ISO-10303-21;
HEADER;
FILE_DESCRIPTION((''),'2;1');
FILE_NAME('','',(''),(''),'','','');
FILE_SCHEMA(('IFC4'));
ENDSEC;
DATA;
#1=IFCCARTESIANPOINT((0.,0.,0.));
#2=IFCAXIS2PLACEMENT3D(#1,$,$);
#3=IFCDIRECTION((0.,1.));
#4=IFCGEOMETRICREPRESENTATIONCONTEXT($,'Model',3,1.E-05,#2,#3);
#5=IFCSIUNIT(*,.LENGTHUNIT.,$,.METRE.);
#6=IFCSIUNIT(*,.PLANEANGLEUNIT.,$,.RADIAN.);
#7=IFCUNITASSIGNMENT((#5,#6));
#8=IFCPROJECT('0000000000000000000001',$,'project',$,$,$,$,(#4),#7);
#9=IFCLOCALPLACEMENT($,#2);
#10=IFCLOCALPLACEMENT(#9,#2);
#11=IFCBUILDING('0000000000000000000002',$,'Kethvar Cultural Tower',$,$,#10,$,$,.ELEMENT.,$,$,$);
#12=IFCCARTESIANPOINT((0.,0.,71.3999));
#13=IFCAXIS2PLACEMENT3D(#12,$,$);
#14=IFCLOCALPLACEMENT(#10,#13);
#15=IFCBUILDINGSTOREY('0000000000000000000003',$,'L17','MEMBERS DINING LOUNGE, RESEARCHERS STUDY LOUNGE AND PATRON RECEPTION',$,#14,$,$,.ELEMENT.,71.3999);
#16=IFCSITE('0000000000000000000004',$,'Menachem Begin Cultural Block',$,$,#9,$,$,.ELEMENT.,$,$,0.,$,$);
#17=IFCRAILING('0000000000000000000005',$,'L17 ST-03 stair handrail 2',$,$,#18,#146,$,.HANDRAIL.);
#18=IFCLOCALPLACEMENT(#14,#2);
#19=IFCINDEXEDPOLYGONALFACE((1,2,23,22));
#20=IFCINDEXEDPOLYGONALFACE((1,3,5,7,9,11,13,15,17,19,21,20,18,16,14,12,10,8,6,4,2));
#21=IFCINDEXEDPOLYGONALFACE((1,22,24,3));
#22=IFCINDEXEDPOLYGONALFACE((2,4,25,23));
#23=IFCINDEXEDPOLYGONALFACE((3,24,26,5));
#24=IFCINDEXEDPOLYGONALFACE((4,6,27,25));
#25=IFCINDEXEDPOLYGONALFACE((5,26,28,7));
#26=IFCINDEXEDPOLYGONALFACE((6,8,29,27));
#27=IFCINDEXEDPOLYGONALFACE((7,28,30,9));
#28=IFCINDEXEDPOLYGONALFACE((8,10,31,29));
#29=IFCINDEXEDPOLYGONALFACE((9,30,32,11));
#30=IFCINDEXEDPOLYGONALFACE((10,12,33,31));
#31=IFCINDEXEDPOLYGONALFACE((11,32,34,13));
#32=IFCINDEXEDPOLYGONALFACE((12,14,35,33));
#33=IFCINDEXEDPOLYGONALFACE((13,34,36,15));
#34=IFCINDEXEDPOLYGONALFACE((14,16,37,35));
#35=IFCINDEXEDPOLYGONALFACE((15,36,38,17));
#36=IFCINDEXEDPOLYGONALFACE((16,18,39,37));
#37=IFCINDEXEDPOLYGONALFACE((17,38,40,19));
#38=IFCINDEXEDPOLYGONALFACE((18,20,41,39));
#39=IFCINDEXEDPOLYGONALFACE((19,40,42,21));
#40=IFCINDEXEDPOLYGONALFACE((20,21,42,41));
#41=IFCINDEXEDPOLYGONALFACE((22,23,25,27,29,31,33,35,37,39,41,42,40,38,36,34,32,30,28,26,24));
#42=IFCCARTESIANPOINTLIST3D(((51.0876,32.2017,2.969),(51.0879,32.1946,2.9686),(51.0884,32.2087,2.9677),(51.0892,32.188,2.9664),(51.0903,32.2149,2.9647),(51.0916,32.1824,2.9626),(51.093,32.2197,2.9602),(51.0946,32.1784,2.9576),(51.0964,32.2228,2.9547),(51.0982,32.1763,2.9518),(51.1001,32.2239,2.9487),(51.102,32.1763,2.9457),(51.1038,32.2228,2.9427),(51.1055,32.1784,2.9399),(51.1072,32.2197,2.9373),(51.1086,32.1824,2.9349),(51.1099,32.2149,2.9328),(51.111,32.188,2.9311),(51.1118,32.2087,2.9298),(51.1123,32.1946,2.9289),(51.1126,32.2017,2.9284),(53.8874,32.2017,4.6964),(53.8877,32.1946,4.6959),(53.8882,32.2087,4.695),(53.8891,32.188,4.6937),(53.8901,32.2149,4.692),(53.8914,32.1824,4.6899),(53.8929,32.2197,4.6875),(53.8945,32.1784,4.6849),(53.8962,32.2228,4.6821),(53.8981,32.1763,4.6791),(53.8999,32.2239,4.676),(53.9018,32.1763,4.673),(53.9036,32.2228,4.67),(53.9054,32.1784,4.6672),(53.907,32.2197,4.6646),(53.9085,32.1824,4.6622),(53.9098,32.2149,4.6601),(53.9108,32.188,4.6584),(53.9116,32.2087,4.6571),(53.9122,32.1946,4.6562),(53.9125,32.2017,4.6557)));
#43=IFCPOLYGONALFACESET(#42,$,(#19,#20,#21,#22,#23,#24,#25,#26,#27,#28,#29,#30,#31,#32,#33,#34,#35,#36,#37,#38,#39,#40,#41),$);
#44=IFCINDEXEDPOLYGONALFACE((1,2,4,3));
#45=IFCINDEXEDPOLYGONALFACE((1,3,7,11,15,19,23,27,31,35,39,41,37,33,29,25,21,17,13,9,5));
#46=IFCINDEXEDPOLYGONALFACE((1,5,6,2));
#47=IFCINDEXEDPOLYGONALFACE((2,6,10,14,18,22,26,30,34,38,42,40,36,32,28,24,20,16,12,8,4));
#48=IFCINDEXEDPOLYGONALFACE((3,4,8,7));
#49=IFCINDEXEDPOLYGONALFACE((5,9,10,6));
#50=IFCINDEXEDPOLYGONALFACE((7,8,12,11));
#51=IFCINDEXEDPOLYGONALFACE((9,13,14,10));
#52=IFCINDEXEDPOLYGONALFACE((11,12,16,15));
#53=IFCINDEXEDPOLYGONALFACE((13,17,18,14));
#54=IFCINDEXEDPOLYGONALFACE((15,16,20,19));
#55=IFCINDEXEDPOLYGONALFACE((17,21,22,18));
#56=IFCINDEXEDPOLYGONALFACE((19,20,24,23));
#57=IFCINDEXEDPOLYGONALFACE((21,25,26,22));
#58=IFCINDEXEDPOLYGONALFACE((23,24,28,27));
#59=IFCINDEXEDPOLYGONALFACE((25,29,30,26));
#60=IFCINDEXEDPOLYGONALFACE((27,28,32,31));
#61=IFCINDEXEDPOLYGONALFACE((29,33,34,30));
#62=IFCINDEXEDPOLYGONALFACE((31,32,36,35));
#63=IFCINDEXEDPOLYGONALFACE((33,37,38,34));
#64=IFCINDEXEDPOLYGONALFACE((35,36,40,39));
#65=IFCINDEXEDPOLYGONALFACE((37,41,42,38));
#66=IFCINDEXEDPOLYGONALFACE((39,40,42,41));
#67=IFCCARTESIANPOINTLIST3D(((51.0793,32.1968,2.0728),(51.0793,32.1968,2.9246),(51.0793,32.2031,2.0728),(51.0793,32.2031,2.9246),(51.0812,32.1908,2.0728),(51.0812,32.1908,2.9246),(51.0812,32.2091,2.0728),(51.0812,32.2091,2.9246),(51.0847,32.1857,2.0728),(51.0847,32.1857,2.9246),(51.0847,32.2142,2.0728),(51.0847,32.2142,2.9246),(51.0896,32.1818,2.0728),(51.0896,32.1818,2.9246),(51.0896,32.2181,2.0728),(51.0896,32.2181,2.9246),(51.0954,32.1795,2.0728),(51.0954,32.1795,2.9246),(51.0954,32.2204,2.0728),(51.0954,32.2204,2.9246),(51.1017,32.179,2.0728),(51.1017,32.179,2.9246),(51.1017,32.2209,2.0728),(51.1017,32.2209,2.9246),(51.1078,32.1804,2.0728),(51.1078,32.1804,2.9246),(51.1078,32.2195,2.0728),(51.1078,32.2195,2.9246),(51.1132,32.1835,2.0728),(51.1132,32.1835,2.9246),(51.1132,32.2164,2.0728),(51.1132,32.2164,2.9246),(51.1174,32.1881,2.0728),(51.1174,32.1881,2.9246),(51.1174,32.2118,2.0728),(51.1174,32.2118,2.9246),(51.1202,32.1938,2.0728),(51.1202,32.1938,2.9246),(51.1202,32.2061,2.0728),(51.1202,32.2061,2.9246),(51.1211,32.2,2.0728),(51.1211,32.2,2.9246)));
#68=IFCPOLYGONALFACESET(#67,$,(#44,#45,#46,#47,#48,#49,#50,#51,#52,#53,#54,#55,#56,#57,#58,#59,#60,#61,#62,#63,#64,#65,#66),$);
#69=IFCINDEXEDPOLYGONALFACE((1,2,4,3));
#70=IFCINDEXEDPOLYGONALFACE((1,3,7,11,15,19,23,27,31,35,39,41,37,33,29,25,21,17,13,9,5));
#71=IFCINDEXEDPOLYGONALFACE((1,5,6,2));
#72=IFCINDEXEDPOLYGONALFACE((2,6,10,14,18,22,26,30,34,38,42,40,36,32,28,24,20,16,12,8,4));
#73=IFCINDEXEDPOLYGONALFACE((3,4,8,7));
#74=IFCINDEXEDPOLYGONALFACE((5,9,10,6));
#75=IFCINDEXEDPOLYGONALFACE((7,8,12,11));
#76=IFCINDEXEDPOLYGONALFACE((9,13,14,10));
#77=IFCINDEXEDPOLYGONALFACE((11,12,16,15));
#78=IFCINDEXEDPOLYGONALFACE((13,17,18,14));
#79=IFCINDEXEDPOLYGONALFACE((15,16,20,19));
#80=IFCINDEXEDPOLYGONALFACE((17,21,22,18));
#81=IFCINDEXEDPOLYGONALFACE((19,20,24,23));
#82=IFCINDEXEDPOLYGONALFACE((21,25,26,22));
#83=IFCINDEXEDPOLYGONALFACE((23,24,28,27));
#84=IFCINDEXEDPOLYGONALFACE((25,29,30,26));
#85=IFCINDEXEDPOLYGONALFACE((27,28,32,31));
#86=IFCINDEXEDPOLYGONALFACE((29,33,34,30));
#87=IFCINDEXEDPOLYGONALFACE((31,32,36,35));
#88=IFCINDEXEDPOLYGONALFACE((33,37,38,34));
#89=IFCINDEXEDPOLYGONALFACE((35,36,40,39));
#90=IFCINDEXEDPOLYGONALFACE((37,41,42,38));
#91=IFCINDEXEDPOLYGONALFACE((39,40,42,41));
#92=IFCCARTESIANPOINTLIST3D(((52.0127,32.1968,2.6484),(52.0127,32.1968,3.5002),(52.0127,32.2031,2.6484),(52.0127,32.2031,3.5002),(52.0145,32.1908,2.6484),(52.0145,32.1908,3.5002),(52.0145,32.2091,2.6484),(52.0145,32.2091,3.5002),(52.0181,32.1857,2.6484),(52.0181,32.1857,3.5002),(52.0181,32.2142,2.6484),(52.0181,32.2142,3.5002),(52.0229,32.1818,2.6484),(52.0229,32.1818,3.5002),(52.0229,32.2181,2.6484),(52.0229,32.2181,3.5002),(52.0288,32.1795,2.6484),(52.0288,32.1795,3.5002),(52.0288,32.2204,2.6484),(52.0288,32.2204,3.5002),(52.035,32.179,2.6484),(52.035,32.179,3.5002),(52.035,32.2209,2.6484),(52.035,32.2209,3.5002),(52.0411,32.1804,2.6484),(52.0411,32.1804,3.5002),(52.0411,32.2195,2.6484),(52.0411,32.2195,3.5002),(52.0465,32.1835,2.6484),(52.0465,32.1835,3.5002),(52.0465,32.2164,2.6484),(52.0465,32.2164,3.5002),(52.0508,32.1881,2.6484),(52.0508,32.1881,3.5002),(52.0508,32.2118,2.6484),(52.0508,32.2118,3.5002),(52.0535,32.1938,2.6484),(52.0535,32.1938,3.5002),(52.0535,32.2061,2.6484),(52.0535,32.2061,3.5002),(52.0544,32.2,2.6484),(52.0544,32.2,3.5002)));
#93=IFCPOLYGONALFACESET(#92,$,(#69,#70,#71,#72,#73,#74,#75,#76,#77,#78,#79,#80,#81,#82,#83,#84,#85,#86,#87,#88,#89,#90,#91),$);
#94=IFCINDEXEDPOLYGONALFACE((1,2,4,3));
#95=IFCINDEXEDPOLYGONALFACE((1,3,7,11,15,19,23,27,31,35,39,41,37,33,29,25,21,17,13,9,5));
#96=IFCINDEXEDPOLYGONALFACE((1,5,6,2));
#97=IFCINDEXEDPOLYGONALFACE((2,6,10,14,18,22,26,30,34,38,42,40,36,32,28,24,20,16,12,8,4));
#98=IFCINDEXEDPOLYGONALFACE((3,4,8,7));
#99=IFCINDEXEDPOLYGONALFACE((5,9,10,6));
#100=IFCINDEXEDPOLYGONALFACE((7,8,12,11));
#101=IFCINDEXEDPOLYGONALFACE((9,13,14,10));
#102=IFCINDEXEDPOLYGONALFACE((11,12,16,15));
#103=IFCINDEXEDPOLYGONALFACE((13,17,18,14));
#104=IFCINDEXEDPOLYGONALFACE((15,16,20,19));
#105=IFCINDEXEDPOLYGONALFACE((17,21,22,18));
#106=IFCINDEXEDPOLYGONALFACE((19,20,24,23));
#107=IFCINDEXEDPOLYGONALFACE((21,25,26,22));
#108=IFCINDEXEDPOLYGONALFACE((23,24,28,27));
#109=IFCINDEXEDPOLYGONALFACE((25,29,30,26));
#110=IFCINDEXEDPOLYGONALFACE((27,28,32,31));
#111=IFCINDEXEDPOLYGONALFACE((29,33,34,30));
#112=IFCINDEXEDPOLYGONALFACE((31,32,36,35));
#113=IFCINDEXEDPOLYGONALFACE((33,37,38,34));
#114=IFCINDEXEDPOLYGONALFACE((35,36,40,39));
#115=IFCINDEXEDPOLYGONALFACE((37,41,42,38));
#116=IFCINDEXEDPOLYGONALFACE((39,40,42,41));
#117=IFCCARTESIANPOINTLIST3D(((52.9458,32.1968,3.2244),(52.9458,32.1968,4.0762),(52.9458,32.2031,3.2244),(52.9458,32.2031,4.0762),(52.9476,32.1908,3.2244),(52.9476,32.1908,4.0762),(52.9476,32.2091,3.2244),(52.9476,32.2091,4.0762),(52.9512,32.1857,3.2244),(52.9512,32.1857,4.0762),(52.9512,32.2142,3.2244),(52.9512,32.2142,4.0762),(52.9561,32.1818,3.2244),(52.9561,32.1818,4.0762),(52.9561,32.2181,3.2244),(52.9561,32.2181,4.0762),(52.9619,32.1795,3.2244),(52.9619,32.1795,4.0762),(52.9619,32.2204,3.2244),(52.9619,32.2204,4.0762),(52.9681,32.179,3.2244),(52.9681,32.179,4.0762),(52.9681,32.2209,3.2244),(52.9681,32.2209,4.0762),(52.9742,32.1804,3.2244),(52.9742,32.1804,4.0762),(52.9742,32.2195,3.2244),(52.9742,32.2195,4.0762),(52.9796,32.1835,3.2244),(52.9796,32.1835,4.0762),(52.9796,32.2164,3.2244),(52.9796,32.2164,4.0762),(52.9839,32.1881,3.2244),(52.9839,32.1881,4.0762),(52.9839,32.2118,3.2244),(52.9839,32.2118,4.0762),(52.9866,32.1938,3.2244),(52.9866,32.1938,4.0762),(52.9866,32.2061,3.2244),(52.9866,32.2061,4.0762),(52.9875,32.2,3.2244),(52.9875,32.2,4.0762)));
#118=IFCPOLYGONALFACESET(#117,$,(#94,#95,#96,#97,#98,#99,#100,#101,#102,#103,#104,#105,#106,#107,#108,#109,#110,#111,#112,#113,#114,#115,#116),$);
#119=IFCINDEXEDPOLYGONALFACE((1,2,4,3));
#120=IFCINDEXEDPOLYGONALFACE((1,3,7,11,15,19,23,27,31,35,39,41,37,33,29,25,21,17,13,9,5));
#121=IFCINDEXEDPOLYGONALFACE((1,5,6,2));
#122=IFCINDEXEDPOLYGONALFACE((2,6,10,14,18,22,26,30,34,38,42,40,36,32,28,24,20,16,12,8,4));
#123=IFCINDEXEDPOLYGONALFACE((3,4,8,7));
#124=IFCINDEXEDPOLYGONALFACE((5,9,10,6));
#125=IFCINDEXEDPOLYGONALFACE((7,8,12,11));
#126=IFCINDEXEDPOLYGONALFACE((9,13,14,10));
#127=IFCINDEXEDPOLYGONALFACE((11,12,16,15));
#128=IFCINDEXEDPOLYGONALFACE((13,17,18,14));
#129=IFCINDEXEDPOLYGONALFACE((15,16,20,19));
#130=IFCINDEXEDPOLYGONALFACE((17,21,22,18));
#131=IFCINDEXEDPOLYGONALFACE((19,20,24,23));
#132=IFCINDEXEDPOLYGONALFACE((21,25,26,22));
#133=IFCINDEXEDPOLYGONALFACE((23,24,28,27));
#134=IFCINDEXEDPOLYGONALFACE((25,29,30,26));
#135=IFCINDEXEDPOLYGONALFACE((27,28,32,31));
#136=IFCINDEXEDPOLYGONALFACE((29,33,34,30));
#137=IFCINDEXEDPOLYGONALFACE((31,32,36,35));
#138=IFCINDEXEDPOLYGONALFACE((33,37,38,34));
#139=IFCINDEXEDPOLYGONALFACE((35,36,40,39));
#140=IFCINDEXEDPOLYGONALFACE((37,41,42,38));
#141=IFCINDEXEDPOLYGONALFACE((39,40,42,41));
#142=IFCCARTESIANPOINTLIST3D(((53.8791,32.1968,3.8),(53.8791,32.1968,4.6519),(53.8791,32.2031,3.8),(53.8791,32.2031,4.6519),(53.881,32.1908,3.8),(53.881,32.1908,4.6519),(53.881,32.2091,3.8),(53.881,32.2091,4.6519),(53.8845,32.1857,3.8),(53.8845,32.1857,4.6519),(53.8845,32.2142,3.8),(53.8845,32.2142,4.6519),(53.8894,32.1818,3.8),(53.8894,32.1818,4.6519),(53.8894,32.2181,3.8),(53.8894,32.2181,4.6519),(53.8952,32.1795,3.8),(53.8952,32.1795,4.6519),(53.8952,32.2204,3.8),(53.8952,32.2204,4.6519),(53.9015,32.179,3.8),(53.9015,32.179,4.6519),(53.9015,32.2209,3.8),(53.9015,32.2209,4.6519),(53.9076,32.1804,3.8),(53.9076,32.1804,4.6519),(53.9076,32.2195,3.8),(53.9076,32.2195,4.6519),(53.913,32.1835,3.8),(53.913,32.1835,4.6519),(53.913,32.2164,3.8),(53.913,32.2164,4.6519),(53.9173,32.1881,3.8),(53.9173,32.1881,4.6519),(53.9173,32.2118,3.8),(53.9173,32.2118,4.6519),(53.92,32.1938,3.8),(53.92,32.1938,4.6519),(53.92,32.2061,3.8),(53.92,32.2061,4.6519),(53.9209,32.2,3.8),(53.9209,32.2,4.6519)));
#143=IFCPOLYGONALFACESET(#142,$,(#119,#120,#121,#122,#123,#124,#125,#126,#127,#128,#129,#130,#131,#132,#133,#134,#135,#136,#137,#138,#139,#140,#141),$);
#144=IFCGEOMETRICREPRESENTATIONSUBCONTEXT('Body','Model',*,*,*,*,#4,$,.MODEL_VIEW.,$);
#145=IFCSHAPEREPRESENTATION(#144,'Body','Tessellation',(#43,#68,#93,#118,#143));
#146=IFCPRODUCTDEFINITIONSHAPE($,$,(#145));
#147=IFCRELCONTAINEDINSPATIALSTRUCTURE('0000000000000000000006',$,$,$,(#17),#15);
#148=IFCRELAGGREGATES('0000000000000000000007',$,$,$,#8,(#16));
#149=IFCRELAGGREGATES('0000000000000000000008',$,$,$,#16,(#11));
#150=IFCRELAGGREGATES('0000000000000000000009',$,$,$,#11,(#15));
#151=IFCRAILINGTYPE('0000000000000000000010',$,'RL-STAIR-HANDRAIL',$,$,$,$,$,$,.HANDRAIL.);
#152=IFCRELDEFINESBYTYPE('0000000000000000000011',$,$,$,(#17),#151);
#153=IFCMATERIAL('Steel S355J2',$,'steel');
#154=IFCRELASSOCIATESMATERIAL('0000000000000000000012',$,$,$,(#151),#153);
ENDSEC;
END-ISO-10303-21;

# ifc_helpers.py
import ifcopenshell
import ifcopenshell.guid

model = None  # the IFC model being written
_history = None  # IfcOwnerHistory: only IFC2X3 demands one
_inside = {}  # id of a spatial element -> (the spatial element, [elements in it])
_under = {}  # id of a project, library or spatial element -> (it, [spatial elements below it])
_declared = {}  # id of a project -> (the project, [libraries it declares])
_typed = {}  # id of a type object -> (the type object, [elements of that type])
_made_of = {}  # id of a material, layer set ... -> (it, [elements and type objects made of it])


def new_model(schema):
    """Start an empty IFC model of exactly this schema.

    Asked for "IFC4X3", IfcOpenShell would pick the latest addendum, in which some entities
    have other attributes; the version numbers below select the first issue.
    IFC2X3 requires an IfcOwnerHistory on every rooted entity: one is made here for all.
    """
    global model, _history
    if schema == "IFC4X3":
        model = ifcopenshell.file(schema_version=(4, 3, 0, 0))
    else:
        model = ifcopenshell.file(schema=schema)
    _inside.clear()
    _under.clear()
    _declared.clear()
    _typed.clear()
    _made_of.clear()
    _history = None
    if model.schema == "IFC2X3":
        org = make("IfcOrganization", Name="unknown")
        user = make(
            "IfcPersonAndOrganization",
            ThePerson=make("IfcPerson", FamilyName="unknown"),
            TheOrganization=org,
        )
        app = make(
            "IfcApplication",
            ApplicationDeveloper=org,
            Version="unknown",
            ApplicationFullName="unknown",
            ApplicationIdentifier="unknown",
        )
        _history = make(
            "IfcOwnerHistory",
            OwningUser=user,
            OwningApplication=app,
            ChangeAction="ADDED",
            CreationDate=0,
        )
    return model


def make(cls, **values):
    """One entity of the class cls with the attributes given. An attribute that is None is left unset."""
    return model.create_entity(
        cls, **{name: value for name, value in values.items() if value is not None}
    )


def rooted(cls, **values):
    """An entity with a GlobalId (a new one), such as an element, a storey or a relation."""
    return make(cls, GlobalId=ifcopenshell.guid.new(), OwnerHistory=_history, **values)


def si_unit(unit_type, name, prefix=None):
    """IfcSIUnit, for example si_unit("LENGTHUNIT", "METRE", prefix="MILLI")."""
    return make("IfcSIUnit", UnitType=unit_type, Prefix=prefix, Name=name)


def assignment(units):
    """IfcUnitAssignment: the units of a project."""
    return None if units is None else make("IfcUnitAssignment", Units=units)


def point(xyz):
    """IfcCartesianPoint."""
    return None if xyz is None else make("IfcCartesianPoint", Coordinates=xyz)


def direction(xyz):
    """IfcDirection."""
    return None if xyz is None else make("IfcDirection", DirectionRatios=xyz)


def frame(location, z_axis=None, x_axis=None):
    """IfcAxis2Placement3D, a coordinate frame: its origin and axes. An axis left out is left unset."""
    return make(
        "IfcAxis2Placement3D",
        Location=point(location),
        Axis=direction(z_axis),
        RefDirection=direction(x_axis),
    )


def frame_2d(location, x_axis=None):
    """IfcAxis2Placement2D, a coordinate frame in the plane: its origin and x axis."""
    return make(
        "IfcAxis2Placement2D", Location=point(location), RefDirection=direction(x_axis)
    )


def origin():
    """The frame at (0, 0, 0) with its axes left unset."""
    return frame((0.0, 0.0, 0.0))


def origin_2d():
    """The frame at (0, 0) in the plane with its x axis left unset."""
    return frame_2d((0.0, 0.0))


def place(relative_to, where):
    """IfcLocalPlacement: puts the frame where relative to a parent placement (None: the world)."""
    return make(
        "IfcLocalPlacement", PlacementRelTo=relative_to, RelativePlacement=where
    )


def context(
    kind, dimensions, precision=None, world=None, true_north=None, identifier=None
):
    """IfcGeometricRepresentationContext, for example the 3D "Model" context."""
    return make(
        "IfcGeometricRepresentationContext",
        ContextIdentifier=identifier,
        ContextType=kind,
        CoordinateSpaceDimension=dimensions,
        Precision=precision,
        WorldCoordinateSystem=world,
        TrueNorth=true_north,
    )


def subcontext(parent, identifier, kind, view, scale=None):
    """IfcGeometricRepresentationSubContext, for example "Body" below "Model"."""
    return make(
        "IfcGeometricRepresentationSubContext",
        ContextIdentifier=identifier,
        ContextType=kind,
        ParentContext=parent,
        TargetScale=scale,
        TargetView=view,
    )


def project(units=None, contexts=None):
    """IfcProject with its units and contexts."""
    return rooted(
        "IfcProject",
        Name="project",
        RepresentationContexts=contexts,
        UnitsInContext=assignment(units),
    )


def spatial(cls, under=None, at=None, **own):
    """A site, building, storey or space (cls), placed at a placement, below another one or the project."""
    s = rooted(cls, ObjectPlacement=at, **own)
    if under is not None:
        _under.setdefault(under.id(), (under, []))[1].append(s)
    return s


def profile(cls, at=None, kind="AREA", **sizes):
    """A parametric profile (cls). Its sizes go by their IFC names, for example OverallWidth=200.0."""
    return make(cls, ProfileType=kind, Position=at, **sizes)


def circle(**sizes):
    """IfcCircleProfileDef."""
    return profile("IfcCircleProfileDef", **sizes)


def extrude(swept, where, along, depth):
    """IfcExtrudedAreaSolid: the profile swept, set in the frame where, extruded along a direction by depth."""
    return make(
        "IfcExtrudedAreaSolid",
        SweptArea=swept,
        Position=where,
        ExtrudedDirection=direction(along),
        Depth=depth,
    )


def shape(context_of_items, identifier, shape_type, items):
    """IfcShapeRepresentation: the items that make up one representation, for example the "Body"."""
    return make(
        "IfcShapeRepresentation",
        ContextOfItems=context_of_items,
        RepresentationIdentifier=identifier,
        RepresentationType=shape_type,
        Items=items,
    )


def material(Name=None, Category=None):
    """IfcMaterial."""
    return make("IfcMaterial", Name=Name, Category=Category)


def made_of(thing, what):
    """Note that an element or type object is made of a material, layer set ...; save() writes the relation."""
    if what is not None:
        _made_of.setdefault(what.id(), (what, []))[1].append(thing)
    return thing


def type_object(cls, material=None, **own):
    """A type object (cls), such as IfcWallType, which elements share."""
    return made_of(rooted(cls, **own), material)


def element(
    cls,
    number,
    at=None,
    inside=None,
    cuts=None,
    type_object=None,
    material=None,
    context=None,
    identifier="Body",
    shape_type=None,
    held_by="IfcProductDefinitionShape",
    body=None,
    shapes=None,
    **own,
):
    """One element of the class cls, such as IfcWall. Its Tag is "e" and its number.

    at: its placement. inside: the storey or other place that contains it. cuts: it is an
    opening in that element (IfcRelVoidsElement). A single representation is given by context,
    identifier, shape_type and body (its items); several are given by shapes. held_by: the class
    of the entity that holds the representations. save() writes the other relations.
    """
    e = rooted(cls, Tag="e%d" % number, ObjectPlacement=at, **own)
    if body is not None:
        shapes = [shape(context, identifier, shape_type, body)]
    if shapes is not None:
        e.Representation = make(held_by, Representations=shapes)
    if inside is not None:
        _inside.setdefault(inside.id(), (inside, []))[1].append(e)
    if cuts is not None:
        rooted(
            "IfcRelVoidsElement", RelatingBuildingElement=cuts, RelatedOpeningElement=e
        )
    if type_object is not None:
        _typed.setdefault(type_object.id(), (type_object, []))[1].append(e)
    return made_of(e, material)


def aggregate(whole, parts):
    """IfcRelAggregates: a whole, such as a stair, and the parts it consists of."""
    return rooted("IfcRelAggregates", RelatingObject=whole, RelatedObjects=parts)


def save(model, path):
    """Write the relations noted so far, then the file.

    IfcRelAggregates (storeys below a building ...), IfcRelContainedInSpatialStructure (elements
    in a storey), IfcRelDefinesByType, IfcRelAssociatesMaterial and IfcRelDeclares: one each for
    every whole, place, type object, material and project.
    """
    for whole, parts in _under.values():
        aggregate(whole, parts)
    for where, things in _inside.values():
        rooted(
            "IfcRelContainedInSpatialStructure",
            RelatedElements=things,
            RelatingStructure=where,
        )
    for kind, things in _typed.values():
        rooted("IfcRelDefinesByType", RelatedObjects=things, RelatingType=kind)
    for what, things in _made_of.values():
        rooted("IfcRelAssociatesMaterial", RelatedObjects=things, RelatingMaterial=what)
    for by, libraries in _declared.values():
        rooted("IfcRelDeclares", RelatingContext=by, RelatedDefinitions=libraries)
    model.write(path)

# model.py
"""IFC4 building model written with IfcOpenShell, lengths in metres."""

from ifc_helpers import new_model, si_unit, direction, frame, origin, origin_2d, place, context, subcontext, project, spatial, circle, extrude, material, type_object, element, save


model = new_model("IFC4")

# Units and contexts
model_context = context("Model", 3, precision=1e-05, world=origin(), true_north=direction((0.0, 1.0)))
body_context = subcontext(model_context, "Body", "Model", "MODEL_VIEW")
ifc_project = project(units=[si_unit("LENGTHUNIT", "METRE"), si_unit("PLANEANGLEUNIT", "RADIAN")], contexts=[model_context])

# Site, building, storey
site_placement = place(None, origin())
site = spatial("IfcSite", under=ifc_project, at=site_placement, Name="Menachem Begin Cultural Block", CompositionType="ELEMENT", RefElevation=0.0)
building_placement = place(site_placement, origin())
building = spatial("IfcBuilding", under=site, at=building_placement, Name="Kethvar Cultural Tower", CompositionType="ELEMENT")
storey_placement = place(building_placement, frame((0.0, 0.0, 71.3999)))
storey = spatial("IfcBuildingStorey", under=building, at=storey_placement, Name="L17", Description="MEMBERS DINING LOUNGE, RESEARCHERS STUDY LOUNGE AND PATRON RECEPTION", CompositionType="ELEMENT", Elevation=71.3999)

# Shared definitions
ifc_material_1 = material(Name="Steel S355J2", Category="steel")

# Railing
railing_type_1 = type_object("IfcRailingType", Name="RL-STAIR-HANDRAIL", PredefinedType="HANDRAIL", material=ifc_material_1)
railing_1_placement = place(storey_placement, frame((51.1001, 32.2, 2.0728)))
element("IfcRailing", 1, at=railing_1_placement, inside=storey, type_object=railing_type_1, Name="L17 ST-03 stair handrail 2", PredefinedType="HANDRAIL", context=body_context, shape_type="SweptSolid", body=[
    extrude(circle(Radius=0.0239, at=origin_2d()), frame((0.0, 0.0, 0.876), z_axis=(0.851069, 0.0, 0.525054), x_axis=(0.0, 1.0, 0.0)), (0.0, 0.0, 1.0), 3.2898),
    extrude(circle(Radius=0.021, at=origin_2d()), origin(), (0.0, 0.0, 1.0), 0.8518),
    extrude(circle(Radius=0.021, at=origin_2d()), frame((0.9333, 0.0, 0.5757)), (0.0, 0.0, 1.0), 0.8518),
    extrude(circle(Radius=0.021, at=origin_2d()), frame((1.8665, 0.0, 1.1516)), (0.0, 0.0, 1.0), 0.8518),
    extrude(circle(Radius=0.021, at=origin_2d()), frame((2.7998, 0.0, 1.7273)), (0.0, 0.0, 1.0), 0.8518),
])

save(model, "model.ifc")
